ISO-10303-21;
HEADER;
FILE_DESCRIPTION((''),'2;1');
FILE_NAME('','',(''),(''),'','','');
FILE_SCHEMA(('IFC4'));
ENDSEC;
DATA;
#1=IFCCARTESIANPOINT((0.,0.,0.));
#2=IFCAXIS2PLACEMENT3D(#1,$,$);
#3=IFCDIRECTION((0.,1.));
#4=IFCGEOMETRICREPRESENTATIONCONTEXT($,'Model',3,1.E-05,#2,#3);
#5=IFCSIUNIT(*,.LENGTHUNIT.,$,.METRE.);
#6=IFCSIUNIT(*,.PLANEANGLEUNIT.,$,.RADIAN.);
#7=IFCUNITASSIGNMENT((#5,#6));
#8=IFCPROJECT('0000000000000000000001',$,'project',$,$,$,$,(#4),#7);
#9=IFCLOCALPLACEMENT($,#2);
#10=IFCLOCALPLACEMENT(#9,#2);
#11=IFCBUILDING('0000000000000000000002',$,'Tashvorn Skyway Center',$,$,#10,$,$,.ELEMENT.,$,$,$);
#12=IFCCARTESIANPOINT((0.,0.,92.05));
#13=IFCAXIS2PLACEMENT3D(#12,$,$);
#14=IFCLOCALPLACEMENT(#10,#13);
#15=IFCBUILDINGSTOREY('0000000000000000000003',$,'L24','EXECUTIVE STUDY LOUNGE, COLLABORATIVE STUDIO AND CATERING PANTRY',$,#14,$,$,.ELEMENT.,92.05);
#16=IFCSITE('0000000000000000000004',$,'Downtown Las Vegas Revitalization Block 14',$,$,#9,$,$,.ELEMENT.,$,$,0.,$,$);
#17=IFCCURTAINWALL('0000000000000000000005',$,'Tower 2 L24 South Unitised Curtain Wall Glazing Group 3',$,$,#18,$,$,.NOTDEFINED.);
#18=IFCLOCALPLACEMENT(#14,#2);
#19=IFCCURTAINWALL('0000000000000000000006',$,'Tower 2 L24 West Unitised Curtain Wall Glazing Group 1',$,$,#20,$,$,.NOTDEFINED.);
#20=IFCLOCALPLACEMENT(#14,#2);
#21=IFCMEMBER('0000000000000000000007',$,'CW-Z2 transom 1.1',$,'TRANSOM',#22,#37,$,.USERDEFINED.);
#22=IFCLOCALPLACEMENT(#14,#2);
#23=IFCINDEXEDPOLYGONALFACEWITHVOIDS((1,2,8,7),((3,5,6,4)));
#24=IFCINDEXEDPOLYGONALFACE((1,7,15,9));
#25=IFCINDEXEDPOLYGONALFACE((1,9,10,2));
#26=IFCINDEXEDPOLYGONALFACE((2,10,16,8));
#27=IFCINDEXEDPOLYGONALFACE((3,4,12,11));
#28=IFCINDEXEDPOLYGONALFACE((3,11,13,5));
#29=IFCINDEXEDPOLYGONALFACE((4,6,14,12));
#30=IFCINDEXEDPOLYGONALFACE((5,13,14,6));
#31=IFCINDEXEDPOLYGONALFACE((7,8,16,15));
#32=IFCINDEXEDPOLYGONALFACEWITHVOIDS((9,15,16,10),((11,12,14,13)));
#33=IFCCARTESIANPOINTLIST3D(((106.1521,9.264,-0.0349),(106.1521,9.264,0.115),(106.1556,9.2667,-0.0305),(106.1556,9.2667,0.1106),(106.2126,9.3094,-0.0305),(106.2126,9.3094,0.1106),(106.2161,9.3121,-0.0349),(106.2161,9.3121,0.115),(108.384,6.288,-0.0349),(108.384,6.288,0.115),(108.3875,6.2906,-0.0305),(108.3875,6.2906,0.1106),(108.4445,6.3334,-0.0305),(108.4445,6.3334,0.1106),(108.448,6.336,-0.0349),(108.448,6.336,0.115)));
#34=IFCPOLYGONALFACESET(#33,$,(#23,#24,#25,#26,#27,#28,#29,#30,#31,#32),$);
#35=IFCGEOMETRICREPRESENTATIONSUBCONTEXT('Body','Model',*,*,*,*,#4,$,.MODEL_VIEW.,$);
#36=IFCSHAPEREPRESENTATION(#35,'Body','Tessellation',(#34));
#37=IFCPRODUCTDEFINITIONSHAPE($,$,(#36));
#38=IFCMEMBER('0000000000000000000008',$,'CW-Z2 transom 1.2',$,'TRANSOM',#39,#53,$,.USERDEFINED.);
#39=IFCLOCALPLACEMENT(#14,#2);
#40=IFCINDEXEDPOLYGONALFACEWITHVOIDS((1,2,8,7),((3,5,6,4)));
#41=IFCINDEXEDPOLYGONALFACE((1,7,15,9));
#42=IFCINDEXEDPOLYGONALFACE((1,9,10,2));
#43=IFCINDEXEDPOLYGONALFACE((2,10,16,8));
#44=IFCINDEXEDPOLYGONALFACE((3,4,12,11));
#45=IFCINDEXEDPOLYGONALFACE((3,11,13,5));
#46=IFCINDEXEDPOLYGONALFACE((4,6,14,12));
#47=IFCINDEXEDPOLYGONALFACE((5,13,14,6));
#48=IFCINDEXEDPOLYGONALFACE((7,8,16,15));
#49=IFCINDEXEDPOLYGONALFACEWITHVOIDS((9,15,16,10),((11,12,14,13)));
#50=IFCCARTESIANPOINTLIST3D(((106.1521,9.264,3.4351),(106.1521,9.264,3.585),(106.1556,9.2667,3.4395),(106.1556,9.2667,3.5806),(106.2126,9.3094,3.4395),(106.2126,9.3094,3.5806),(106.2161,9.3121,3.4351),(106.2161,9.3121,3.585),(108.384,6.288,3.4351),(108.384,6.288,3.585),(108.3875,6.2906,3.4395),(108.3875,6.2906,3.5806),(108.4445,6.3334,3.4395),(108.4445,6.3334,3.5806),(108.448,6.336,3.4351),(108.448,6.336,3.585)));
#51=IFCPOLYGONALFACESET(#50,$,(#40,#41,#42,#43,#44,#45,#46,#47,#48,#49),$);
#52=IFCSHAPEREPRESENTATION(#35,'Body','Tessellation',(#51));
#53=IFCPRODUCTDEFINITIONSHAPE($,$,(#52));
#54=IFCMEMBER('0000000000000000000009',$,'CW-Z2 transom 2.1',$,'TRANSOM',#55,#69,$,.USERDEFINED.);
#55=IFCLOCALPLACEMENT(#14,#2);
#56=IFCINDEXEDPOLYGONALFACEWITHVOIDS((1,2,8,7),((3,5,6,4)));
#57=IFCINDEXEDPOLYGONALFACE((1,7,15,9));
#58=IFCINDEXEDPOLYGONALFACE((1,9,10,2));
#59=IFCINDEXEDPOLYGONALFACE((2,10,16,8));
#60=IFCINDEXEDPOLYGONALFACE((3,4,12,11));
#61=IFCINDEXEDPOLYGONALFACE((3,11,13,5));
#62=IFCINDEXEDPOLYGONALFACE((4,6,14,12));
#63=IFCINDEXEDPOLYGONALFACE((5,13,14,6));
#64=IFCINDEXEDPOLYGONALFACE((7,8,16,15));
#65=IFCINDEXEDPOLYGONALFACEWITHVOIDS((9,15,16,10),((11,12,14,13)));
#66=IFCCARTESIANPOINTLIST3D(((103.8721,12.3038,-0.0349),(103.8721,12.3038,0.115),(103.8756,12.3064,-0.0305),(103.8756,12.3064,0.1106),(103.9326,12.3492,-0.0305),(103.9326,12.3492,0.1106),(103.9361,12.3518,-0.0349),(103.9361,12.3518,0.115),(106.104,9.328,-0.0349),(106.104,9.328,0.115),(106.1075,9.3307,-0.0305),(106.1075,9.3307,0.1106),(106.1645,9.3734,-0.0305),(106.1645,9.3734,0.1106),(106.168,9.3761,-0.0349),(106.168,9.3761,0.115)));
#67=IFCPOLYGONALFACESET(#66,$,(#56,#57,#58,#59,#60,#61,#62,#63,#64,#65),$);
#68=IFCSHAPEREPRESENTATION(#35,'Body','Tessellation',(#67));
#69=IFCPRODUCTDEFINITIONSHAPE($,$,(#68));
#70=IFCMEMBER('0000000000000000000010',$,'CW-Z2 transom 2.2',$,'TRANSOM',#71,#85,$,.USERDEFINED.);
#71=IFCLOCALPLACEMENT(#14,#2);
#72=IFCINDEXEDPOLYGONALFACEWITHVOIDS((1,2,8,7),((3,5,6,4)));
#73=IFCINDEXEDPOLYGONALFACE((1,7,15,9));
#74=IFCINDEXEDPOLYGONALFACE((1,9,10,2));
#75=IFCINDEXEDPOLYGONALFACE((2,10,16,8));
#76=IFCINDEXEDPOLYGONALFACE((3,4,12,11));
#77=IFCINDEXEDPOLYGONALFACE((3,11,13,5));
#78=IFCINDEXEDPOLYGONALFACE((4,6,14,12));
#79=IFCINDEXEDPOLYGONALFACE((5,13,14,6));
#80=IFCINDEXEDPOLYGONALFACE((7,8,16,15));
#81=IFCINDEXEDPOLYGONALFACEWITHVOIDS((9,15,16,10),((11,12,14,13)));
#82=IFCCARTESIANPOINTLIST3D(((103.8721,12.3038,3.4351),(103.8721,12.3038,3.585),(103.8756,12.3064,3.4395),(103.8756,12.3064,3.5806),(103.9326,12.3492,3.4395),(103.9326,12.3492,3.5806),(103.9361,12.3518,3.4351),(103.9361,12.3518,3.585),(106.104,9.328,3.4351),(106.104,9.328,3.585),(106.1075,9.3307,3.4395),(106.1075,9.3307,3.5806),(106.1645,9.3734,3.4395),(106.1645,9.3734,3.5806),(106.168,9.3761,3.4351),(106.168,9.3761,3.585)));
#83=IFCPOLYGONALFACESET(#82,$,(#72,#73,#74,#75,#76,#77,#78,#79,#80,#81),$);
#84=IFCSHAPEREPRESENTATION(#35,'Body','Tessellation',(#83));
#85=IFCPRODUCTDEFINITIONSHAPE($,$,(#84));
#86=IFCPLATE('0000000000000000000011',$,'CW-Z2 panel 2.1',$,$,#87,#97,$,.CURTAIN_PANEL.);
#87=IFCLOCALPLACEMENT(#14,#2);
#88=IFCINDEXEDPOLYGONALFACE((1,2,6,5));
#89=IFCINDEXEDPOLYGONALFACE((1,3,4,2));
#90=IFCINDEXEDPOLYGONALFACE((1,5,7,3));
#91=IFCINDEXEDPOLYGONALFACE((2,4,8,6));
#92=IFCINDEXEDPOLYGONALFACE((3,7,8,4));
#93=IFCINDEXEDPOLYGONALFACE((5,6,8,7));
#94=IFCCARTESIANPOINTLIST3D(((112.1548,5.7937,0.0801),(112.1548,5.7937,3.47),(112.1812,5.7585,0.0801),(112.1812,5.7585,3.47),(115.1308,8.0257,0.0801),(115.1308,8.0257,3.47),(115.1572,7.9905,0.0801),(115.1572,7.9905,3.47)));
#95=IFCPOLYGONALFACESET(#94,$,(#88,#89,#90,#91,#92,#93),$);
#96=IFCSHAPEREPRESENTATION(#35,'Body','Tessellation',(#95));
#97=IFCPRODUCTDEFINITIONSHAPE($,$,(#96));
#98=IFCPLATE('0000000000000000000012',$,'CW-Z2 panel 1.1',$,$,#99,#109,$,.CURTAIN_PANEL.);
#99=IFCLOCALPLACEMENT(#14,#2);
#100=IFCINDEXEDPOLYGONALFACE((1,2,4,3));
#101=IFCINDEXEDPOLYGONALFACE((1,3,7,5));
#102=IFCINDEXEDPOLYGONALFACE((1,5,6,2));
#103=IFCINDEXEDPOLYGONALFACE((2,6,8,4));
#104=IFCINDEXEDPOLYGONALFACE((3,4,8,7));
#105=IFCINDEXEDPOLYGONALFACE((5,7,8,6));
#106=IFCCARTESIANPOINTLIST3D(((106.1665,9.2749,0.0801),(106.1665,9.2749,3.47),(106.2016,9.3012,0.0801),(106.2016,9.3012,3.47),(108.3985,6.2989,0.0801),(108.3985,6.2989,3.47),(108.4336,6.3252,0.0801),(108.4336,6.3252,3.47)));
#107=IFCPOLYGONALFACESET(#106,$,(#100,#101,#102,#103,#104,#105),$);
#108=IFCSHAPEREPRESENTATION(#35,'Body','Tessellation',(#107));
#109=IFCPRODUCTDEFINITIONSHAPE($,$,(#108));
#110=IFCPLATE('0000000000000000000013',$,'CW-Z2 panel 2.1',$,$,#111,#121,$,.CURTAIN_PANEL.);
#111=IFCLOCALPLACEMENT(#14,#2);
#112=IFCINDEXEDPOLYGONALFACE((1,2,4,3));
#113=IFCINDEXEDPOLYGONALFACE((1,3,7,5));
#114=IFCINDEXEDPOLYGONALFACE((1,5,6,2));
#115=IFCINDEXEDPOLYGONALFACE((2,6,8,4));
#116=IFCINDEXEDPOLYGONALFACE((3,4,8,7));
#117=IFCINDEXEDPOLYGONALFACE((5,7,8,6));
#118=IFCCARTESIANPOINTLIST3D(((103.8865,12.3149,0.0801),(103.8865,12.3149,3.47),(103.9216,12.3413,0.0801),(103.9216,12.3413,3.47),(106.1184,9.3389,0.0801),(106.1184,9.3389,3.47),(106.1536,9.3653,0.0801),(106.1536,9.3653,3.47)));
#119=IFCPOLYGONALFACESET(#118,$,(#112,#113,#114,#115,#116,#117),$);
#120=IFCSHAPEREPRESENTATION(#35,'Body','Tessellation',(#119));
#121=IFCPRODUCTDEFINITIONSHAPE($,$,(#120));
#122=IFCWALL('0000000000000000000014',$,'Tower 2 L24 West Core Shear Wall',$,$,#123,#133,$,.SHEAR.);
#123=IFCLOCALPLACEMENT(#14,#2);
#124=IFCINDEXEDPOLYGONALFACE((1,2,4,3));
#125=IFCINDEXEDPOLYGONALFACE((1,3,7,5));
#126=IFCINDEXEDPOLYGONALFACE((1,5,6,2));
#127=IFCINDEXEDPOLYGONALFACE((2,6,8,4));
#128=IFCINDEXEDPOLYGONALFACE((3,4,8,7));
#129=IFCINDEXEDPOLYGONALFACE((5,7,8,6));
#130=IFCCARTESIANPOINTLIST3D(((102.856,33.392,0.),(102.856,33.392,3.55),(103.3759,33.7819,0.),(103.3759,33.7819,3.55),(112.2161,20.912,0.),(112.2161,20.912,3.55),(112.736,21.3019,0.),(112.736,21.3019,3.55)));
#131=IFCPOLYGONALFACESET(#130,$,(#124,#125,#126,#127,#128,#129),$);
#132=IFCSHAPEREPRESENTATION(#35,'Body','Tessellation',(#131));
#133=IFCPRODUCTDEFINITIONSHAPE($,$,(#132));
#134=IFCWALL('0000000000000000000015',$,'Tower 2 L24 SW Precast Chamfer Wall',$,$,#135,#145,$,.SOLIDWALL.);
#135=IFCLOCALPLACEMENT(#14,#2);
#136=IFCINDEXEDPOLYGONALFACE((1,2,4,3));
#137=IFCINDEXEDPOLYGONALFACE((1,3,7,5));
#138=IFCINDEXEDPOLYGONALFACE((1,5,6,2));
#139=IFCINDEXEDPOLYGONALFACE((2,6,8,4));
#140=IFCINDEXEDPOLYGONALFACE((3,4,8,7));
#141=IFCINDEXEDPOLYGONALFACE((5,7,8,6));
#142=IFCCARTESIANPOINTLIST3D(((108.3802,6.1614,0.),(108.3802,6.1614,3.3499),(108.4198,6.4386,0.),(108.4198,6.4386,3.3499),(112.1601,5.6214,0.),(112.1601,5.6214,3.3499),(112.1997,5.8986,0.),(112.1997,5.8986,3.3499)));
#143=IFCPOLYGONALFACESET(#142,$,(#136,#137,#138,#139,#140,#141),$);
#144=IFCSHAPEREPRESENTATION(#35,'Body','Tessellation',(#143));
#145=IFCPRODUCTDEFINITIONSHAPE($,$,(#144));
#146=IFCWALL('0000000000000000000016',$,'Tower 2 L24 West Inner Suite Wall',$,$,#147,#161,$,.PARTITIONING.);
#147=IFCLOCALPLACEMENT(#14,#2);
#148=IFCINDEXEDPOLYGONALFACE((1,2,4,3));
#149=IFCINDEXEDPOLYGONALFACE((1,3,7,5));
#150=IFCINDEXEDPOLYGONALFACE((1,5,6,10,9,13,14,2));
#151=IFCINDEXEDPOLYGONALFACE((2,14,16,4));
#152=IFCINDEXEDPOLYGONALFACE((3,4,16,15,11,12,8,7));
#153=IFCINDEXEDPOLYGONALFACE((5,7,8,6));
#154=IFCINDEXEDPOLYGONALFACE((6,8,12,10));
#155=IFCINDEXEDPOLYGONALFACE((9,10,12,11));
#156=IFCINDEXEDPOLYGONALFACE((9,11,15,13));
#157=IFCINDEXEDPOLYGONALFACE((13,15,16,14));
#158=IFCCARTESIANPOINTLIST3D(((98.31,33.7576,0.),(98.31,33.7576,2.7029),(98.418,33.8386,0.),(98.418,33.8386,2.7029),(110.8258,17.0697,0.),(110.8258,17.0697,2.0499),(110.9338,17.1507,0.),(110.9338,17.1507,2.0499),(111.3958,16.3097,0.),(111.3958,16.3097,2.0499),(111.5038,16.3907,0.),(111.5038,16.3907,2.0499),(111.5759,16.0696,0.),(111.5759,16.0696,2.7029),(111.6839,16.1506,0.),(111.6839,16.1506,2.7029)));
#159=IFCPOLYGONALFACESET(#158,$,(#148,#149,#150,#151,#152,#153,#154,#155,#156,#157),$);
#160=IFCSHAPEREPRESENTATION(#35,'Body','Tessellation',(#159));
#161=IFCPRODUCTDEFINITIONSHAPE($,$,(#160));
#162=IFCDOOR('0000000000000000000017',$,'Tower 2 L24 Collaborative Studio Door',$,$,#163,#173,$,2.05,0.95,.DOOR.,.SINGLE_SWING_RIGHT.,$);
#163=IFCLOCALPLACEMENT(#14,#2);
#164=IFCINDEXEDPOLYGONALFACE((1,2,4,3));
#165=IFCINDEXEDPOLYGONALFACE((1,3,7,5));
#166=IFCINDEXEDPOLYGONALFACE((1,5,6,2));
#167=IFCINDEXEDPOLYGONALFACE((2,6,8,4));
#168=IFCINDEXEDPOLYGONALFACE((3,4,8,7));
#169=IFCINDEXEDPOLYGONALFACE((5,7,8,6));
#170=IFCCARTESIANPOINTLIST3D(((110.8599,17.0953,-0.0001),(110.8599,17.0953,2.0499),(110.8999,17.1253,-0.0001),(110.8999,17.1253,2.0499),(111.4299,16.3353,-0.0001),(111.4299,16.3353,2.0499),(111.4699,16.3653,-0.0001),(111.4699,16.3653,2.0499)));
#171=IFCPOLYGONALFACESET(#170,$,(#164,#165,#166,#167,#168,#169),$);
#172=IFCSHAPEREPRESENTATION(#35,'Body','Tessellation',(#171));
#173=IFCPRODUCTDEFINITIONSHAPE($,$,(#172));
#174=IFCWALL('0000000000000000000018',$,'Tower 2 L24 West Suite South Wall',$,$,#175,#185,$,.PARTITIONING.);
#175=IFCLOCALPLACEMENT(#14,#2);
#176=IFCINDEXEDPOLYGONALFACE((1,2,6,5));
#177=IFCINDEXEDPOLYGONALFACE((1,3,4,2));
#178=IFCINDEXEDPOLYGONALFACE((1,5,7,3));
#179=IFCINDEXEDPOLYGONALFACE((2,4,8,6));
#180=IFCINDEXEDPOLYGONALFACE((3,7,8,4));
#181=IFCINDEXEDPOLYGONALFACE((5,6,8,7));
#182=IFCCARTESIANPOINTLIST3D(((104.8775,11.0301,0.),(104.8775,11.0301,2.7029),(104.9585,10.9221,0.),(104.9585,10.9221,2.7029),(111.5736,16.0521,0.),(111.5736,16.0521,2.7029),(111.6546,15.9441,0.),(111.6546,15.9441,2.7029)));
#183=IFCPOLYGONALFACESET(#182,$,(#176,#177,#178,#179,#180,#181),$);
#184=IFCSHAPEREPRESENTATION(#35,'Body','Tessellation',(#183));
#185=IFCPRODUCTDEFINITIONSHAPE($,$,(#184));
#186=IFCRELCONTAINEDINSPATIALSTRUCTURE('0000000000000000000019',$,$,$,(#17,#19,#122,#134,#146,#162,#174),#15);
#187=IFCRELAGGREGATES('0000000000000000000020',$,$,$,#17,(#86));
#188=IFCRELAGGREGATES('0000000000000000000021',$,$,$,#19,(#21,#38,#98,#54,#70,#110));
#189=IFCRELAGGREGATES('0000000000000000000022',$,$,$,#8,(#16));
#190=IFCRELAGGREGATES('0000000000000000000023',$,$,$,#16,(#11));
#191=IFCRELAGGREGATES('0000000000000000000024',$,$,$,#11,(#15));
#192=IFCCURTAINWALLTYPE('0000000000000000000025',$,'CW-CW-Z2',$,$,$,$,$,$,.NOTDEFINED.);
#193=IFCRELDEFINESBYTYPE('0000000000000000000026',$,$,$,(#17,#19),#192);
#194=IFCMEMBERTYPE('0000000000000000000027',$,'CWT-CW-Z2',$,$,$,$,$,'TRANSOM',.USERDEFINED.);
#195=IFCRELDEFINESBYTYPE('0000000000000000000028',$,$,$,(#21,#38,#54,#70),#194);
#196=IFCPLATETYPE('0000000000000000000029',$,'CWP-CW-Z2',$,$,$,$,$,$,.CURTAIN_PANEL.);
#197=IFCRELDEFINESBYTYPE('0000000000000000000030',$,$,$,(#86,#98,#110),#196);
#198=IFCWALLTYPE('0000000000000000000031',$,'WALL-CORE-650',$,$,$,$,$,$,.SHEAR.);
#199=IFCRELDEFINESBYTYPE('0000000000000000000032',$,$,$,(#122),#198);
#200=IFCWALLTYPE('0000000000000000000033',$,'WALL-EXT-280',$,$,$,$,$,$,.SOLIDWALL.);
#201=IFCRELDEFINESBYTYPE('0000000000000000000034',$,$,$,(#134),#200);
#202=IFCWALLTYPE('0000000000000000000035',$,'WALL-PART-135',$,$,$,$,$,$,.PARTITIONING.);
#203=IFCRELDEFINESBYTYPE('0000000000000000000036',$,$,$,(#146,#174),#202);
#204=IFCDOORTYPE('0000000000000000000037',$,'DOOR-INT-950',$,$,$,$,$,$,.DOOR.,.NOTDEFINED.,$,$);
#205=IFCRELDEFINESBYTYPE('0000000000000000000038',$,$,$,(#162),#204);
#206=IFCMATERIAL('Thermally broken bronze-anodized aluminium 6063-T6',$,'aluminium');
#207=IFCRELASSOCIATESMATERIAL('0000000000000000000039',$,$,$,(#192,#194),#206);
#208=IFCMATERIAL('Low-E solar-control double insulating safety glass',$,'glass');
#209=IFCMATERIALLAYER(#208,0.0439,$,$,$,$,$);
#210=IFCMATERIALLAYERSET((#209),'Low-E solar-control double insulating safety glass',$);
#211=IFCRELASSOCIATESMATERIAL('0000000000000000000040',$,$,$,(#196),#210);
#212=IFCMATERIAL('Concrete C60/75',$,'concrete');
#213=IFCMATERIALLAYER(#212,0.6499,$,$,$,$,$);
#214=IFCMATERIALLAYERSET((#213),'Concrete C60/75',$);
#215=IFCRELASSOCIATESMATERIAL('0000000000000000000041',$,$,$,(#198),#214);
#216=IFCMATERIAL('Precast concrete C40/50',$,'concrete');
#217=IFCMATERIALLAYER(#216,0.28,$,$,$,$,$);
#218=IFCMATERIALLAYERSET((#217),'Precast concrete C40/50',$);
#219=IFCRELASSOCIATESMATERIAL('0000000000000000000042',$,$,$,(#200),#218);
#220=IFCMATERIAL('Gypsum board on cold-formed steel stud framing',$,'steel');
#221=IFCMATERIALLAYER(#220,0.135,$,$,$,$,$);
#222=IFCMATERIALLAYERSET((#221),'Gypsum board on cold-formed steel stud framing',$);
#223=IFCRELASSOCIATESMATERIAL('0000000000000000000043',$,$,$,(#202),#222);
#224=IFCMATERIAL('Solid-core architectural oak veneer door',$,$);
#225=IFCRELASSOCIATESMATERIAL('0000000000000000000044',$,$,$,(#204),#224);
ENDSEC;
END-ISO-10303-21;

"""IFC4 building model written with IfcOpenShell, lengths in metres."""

from ifc_helpers import new_model, si_unit, direction, frame, frame_2d, origin, origin_2d, place, context, subcontext, project, spatial, rectangle, hollow_rectangle, extrude, material, layer, layer_set, material_profile, profile_set, type_object, element, fill, aggregate, save


model = new_model("IFC4")

# Units and contexts
model_context = context("Model", 3, precision=1e-05, world=origin(), true_north=direction((0.0, 1.0)))
body_context = subcontext(model_context, "Body", "Model", "MODEL_VIEW")
ifc_project = project(units=[si_unit("LENGTHUNIT", "METRE"), si_unit("PLANEANGLEUNIT", "RADIAN")], contexts=[model_context])

# Site, building, storey
site_placement = place(None, origin())
site = spatial("IfcSite", under=ifc_project, at=site_placement, Name="Downtown Las Vegas Revitalization Block 14", CompositionType="ELEMENT", RefElevation=0.0)
building_placement = place(site_placement, origin())
building = spatial("IfcBuilding", under=site, at=building_placement, Name="Tashvorn Skyway Center", CompositionType="ELEMENT")
storey_placement = place(building_placement, frame((0.0, 0.0, 92.05)))
storey = spatial("IfcBuildingStorey", under=building, at=storey_placement, Name="L24", Description="EXECUTIVE STUDY LOUNGE, COLLABORATIVE STUDIO AND CATERING PANTRY", CompositionType="ELEMENT", Elevation=92.05)

# Shared definitions
ifc_material_1 = material(Name="Concrete C60/75", Category="concrete")

# Curtain wall
ifc_material_2 = material(Name="Thermally broken bronze-anodized aluminium 6063-T6", Category="aluminium")
curtain_wall_type = type_object("IfcCurtainWallType", Name="CW-CW-Z2", PredefinedType="NOTDEFINED", material=ifc_material_2)
curtain_wall_1_placement = place(storey_placement, origin())
curtain_wall_1 = element("IfcCurtainWall", 1, at=curtain_wall_1_placement, inside=storey, type_object=curtain_wall_type, Name="Tower 2 L24 South Unitised Curtain Wall Glazing Group 3", PredefinedType="NOTDEFINED")

# Curtain wall, members
curtain_wall_2_placement = place(storey_placement, origin())
curtain_wall_2 = element("IfcCurtainWall", 2, at=curtain_wall_2_placement, inside=storey, type_object=curtain_wall_type, Name="Tower 2 L24 West Unitised Curtain Wall Glazing Group 1", PredefinedType="NOTDEFINED")
ifc_material_profile_1 = material_profile(ifc_material_2, hollow_rectangle(XDim=0.0801, YDim=0.1499, WallThickness=0.0044, at=origin_2d()), Name="ALU-TRAN-80x150")
ifc_profile_set_1 = profile_set([ifc_material_profile_1], Name="Thermally broken bronze-anodized aluminium 6063-T6")
member_type_1 = type_object("IfcMemberType", Name="CWT-CW-Z2", ElementType="TRANSOM", PredefinedType="USERDEFINED", material=ifc_profile_set_1)
member_1_placement = place(storey_placement, frame((108.416, 6.312, 0.04), z_axis=(-0.599979, 0.800016, 0.0), x_axis=(-0.800016, -0.599979, 0.0)))
member_1 = element("IfcMember", 3, at=member_1_placement, type_object=member_type_1, Name="CW-Z2 transom 1.1", ObjectType="TRANSOM", PredefinedType="USERDEFINED", context=body_context, shape_type="SweptSolid", body=[
    extrude(hollow_rectangle(XDim=0.0801, YDim=0.1499, WallThickness=0.0044, at=origin_2d()), origin(), (0.0, 0.0, 1.0), 3.72),
])
member_2_placement = place(storey_placement, frame((108.416, 6.312, 3.51), z_axis=(-0.599979, 0.800016, 0.0), x_axis=(-0.800016, -0.599979, 0.0)))
member_2 = element("IfcMember", 4, at=member_2_placement, type_object=member_type_1, Name="CW-Z2 transom 1.2", ObjectType="TRANSOM", PredefinedType="USERDEFINED", context=body_context, shape_type="SweptSolid", body=[
    extrude(hollow_rectangle(XDim=0.0801, YDim=0.1499, WallThickness=0.0044, at=origin_2d()), origin(), (0.0, 0.0, 1.0), 3.72),
])
member_3_placement = place(storey_placement, frame((106.136, 9.3521, 0.04), z_axis=(-0.600011, 0.799992, 0.0), x_axis=(-0.799992, -0.600011, 0.0)))
member_3 = element("IfcMember", 5, at=member_3_placement, type_object=member_type_1, Name="CW-Z2 transom 2.1", ObjectType="TRANSOM", PredefinedType="USERDEFINED", context=body_context, shape_type="SweptSolid", body=[
    extrude(hollow_rectangle(XDim=0.0801, YDim=0.1499, WallThickness=0.0044, at=origin_2d()), origin(), (0.0, 0.0, 1.0), 3.7197),
])
member_4_placement = place(storey_placement, frame((106.136, 9.3521, 3.51), z_axis=(-0.600011, 0.799992, 0.0), x_axis=(-0.799992, -0.600011, 0.0)))
member_4 = element("IfcMember", 6, at=member_4_placement, type_object=member_type_1, Name="CW-Z2 transom 2.2", ObjectType="TRANSOM", PredefinedType="USERDEFINED", context=body_context, shape_type="SweptSolid", body=[
    extrude(hollow_rectangle(XDim=0.0801, YDim=0.1499, WallThickness=0.0044, at=origin_2d()), origin(), (0.0, 0.0, 1.0), 3.7197),
])

# Plates
ifc_material_3 = material(Name="Low-E solar-control double insulating safety glass", Category="glass")
ifc_layer_1 = layer(ifc_material_3, 0.0439)
ifc_layer_set_1 = layer_set([ifc_layer_1], Name="Low-E solar-control double insulating safety glass")
plate_type = type_object("IfcPlateType", Name="CWP-CW-Z2", PredefinedType="CURTAIN_PANEL", material=ifc_layer_set_1)
plate_1_placement = place(storey_placement, frame((113.656, 6.8921, 0.0801), z_axis=(0.0, 0.0, 1.0), x_axis=(-0.8, -0.6, 0.0)))
plate_1 = element("IfcPlate", 7, at=plate_1_placement, type_object=plate_type, Name="CW-Z2 panel 2.1", PredefinedType="CURTAIN_PANEL", context=body_context, shape_type="SweptSolid", body=[
    extrude(rectangle(XDim=3.72, YDim=0.0439, at=origin_2d()), origin(), (0.0, 0.0, 1.0), 3.3899),
])
aggregate(curtain_wall_1, [plate_1])
plate_2_placement = place(storey_placement, frame((107.3, 7.8, 0.0801), z_axis=(0.0, 0.0, 1.0), x_axis=(-0.6, 0.8, 0.0)))
plate_2 = element("IfcPlate", 8, at=plate_2_placement, type_object=plate_type, Name="CW-Z2 panel 1.1", PredefinedType="CURTAIN_PANEL", context=body_context, shape_type="SweptSolid", body=[
    extrude(rectangle(XDim=3.72, YDim=0.0439, at=origin_2d()), origin(), (0.0, 0.0, 1.0), 3.3899),
])
plate_3_placement = place(storey_placement, frame((105.02, 10.8401, 0.0801), z_axis=(0.0, 0.0, 1.0), x_axis=(-0.6, 0.8, 0.0)))
plate_3 = element("IfcPlate", 9, at=plate_3_placement, type_object=plate_type, Name="CW-Z2 panel 2.1", PredefinedType="CURTAIN_PANEL", context=body_context, shape_type="SweptSolid", body=[
    extrude(rectangle(XDim=3.72, YDim=0.0439, at=origin_2d()), origin(), (0.0, 0.0, 1.0), 3.3899),
])
aggregate(curtain_wall_2, [member_1, member_2, plate_2, member_3, member_4, plate_3])

# Walls
ifc_layer_2 = layer(ifc_material_1, 0.6499)
ifc_layer_set_2 = layer_set([ifc_layer_2], Name="Concrete C60/75")
wall_type_1 = type_object("IfcWallType", Name="WALL-CORE-650", PredefinedType="SHEAR", material=ifc_layer_set_2)
wall_1_placement = place(storey_placement, frame((112.4761, 21.1069, 0.0), z_axis=(0.0, 0.0, 1.0), x_axis=(-0.600005, 0.799996, 0.0)))
element("IfcWall", 10, at=wall_1_placement, inside=storey, type_object=wall_type_1, Name="Tower 2 L24 West Core Shear Wall", PredefinedType="SHEAR", context=body_context, shape_type="SweptSolid", body=[
    extrude(rectangle(XDim=15.6001, YDim=0.6499, at=frame_2d((7.8, 0.0))), origin(), (0.0, 0.0, 1.0), 3.55),
])
ifc_material_4 = material(Name="Precast concrete C40/50", Category="concrete")
ifc_layer_3 = layer(ifc_material_4, 0.28)
ifc_layer_set_3 = layer_set([ifc_layer_3], Name="Precast concrete C40/50")
wall_type_2 = type_object("IfcWallType", Name="WALL-EXT-280", PredefinedType="SOLIDWALL", material=ifc_layer_set_3)
wall_2_placement = place(storey_placement, frame((112.1799, 5.76, 0.0), z_axis=(0.0, 0.0, 1.0), x_axis=(-0.989948, 0.14143, 0.0)))
element("IfcWall", 11, at=wall_2_placement, inside=storey, type_object=wall_type_2, Name="Tower 2 L24 SW Precast Chamfer Wall", PredefinedType="SOLIDWALL", context=body_context, shape_type="SweptSolid", body=[
    extrude(rectangle(XDim=3.8184, YDim=0.28, at=frame_2d((1.9092, 0.0))), origin(), (0.0, 0.0, 1.0), 3.3499),
])

# Wall, opening, door
ifc_material_5 = material(Name="Gypsum board on cold-formed steel stud framing", Category="steel")
ifc_layer_4 = layer(ifc_material_5, 0.135)
ifc_layer_set_4 = layer_set([ifc_layer_4], Name="Gypsum board on cold-formed steel stud framing")
wall_type_3 = type_object("IfcWallType", Name="WALL-PART-135", PredefinedType="PARTITIONING", material=ifc_layer_set_4)
wall_3_placement = place(storey_placement, frame((111.6299, 16.1101, 0.0), z_axis=(0.0, 0.0, 1.0), x_axis=(-0.599996, 0.800003, 0.0)))
wall_3 = element("IfcWall", 12, at=wall_3_placement, inside=storey, type_object=wall_type_3, Name="Tower 2 L24 West Inner Suite Wall", PredefinedType="PARTITIONING", context=body_context, shape_type="SweptSolid", body=[
    extrude(rectangle(XDim=22.1099, YDim=0.135, at=frame_2d((11.0549, 0.0))), origin(), (0.0, 0.0, 1.0), 2.7029),
])
opening_1_placement = place(wall_3_placement, frame((0.3, 0.0, 0.0)))
opening_1 = element("IfcOpeningElement", 13, at=opening_1_placement, cuts=wall_3, PredefinedType="OPENING", context=body_context, shape_type="SweptSolid", body=[
    extrude(rectangle(XDim=0.95, YDim=2.05, at=frame_2d((0.4751, 1.0249))), frame((0.0, 0.0774, 0.0), z_axis=(0.0, -1.0, 0.0), x_axis=(1.0, 0.0, 0.0)), (0.0, 0.0, 1.0), 0.155),
])
ifc_material_6 = material(Name="Solid-core architectural oak veneer door")
door_type_1 = type_object("IfcDoorType", Name="DOOR-INT-950", OperationType="NOTDEFINED", PredefinedType="DOOR", material=ifc_material_6)
door_1_placement = place(opening_1_placement, origin())
door_1 = element("IfcDoor", 14, at=door_1_placement, inside=storey, type_object=door_type_1, Name="Tower 2 L24 Collaborative Studio Door", OperationType="SINGLE_SWING_RIGHT", OverallHeight=2.05, OverallWidth=0.95, PredefinedType="DOOR", context=body_context, shape_type="SweptSolid", body=[
    extrude(rectangle(XDim=0.95, YDim=2.05, at=frame_2d((0.4751, 1.0249))), frame((0.0, 0.0249, 0.0), z_axis=(0.0, -1.0, 0.0), x_axis=(1.0, 0.0, 0.0)), (0.0, 0.0, 1.0), 0.05),
])
fill(opening_1, door_1)

# Wall
wall_4_placement = place(storey_placement, frame((104.918, 10.9761, 0.0), z_axis=(0.0, 0.0, 1.0), x_axis=(0.800004, 0.599995, 0.0)))
element("IfcWall", 15, at=wall_4_placement, inside=storey, type_object=wall_type_3, Name="Tower 2 L24 West Suite South Wall", PredefinedType="PARTITIONING", context=body_context, shape_type="SweptSolid", body=[
    extrude(rectangle(XDim=8.3701, YDim=0.135, at=frame_2d((4.1851, 0.0))), origin(), (0.0, 0.0, 1.0), 2.7029),
])

save(model, "model.ifc")
